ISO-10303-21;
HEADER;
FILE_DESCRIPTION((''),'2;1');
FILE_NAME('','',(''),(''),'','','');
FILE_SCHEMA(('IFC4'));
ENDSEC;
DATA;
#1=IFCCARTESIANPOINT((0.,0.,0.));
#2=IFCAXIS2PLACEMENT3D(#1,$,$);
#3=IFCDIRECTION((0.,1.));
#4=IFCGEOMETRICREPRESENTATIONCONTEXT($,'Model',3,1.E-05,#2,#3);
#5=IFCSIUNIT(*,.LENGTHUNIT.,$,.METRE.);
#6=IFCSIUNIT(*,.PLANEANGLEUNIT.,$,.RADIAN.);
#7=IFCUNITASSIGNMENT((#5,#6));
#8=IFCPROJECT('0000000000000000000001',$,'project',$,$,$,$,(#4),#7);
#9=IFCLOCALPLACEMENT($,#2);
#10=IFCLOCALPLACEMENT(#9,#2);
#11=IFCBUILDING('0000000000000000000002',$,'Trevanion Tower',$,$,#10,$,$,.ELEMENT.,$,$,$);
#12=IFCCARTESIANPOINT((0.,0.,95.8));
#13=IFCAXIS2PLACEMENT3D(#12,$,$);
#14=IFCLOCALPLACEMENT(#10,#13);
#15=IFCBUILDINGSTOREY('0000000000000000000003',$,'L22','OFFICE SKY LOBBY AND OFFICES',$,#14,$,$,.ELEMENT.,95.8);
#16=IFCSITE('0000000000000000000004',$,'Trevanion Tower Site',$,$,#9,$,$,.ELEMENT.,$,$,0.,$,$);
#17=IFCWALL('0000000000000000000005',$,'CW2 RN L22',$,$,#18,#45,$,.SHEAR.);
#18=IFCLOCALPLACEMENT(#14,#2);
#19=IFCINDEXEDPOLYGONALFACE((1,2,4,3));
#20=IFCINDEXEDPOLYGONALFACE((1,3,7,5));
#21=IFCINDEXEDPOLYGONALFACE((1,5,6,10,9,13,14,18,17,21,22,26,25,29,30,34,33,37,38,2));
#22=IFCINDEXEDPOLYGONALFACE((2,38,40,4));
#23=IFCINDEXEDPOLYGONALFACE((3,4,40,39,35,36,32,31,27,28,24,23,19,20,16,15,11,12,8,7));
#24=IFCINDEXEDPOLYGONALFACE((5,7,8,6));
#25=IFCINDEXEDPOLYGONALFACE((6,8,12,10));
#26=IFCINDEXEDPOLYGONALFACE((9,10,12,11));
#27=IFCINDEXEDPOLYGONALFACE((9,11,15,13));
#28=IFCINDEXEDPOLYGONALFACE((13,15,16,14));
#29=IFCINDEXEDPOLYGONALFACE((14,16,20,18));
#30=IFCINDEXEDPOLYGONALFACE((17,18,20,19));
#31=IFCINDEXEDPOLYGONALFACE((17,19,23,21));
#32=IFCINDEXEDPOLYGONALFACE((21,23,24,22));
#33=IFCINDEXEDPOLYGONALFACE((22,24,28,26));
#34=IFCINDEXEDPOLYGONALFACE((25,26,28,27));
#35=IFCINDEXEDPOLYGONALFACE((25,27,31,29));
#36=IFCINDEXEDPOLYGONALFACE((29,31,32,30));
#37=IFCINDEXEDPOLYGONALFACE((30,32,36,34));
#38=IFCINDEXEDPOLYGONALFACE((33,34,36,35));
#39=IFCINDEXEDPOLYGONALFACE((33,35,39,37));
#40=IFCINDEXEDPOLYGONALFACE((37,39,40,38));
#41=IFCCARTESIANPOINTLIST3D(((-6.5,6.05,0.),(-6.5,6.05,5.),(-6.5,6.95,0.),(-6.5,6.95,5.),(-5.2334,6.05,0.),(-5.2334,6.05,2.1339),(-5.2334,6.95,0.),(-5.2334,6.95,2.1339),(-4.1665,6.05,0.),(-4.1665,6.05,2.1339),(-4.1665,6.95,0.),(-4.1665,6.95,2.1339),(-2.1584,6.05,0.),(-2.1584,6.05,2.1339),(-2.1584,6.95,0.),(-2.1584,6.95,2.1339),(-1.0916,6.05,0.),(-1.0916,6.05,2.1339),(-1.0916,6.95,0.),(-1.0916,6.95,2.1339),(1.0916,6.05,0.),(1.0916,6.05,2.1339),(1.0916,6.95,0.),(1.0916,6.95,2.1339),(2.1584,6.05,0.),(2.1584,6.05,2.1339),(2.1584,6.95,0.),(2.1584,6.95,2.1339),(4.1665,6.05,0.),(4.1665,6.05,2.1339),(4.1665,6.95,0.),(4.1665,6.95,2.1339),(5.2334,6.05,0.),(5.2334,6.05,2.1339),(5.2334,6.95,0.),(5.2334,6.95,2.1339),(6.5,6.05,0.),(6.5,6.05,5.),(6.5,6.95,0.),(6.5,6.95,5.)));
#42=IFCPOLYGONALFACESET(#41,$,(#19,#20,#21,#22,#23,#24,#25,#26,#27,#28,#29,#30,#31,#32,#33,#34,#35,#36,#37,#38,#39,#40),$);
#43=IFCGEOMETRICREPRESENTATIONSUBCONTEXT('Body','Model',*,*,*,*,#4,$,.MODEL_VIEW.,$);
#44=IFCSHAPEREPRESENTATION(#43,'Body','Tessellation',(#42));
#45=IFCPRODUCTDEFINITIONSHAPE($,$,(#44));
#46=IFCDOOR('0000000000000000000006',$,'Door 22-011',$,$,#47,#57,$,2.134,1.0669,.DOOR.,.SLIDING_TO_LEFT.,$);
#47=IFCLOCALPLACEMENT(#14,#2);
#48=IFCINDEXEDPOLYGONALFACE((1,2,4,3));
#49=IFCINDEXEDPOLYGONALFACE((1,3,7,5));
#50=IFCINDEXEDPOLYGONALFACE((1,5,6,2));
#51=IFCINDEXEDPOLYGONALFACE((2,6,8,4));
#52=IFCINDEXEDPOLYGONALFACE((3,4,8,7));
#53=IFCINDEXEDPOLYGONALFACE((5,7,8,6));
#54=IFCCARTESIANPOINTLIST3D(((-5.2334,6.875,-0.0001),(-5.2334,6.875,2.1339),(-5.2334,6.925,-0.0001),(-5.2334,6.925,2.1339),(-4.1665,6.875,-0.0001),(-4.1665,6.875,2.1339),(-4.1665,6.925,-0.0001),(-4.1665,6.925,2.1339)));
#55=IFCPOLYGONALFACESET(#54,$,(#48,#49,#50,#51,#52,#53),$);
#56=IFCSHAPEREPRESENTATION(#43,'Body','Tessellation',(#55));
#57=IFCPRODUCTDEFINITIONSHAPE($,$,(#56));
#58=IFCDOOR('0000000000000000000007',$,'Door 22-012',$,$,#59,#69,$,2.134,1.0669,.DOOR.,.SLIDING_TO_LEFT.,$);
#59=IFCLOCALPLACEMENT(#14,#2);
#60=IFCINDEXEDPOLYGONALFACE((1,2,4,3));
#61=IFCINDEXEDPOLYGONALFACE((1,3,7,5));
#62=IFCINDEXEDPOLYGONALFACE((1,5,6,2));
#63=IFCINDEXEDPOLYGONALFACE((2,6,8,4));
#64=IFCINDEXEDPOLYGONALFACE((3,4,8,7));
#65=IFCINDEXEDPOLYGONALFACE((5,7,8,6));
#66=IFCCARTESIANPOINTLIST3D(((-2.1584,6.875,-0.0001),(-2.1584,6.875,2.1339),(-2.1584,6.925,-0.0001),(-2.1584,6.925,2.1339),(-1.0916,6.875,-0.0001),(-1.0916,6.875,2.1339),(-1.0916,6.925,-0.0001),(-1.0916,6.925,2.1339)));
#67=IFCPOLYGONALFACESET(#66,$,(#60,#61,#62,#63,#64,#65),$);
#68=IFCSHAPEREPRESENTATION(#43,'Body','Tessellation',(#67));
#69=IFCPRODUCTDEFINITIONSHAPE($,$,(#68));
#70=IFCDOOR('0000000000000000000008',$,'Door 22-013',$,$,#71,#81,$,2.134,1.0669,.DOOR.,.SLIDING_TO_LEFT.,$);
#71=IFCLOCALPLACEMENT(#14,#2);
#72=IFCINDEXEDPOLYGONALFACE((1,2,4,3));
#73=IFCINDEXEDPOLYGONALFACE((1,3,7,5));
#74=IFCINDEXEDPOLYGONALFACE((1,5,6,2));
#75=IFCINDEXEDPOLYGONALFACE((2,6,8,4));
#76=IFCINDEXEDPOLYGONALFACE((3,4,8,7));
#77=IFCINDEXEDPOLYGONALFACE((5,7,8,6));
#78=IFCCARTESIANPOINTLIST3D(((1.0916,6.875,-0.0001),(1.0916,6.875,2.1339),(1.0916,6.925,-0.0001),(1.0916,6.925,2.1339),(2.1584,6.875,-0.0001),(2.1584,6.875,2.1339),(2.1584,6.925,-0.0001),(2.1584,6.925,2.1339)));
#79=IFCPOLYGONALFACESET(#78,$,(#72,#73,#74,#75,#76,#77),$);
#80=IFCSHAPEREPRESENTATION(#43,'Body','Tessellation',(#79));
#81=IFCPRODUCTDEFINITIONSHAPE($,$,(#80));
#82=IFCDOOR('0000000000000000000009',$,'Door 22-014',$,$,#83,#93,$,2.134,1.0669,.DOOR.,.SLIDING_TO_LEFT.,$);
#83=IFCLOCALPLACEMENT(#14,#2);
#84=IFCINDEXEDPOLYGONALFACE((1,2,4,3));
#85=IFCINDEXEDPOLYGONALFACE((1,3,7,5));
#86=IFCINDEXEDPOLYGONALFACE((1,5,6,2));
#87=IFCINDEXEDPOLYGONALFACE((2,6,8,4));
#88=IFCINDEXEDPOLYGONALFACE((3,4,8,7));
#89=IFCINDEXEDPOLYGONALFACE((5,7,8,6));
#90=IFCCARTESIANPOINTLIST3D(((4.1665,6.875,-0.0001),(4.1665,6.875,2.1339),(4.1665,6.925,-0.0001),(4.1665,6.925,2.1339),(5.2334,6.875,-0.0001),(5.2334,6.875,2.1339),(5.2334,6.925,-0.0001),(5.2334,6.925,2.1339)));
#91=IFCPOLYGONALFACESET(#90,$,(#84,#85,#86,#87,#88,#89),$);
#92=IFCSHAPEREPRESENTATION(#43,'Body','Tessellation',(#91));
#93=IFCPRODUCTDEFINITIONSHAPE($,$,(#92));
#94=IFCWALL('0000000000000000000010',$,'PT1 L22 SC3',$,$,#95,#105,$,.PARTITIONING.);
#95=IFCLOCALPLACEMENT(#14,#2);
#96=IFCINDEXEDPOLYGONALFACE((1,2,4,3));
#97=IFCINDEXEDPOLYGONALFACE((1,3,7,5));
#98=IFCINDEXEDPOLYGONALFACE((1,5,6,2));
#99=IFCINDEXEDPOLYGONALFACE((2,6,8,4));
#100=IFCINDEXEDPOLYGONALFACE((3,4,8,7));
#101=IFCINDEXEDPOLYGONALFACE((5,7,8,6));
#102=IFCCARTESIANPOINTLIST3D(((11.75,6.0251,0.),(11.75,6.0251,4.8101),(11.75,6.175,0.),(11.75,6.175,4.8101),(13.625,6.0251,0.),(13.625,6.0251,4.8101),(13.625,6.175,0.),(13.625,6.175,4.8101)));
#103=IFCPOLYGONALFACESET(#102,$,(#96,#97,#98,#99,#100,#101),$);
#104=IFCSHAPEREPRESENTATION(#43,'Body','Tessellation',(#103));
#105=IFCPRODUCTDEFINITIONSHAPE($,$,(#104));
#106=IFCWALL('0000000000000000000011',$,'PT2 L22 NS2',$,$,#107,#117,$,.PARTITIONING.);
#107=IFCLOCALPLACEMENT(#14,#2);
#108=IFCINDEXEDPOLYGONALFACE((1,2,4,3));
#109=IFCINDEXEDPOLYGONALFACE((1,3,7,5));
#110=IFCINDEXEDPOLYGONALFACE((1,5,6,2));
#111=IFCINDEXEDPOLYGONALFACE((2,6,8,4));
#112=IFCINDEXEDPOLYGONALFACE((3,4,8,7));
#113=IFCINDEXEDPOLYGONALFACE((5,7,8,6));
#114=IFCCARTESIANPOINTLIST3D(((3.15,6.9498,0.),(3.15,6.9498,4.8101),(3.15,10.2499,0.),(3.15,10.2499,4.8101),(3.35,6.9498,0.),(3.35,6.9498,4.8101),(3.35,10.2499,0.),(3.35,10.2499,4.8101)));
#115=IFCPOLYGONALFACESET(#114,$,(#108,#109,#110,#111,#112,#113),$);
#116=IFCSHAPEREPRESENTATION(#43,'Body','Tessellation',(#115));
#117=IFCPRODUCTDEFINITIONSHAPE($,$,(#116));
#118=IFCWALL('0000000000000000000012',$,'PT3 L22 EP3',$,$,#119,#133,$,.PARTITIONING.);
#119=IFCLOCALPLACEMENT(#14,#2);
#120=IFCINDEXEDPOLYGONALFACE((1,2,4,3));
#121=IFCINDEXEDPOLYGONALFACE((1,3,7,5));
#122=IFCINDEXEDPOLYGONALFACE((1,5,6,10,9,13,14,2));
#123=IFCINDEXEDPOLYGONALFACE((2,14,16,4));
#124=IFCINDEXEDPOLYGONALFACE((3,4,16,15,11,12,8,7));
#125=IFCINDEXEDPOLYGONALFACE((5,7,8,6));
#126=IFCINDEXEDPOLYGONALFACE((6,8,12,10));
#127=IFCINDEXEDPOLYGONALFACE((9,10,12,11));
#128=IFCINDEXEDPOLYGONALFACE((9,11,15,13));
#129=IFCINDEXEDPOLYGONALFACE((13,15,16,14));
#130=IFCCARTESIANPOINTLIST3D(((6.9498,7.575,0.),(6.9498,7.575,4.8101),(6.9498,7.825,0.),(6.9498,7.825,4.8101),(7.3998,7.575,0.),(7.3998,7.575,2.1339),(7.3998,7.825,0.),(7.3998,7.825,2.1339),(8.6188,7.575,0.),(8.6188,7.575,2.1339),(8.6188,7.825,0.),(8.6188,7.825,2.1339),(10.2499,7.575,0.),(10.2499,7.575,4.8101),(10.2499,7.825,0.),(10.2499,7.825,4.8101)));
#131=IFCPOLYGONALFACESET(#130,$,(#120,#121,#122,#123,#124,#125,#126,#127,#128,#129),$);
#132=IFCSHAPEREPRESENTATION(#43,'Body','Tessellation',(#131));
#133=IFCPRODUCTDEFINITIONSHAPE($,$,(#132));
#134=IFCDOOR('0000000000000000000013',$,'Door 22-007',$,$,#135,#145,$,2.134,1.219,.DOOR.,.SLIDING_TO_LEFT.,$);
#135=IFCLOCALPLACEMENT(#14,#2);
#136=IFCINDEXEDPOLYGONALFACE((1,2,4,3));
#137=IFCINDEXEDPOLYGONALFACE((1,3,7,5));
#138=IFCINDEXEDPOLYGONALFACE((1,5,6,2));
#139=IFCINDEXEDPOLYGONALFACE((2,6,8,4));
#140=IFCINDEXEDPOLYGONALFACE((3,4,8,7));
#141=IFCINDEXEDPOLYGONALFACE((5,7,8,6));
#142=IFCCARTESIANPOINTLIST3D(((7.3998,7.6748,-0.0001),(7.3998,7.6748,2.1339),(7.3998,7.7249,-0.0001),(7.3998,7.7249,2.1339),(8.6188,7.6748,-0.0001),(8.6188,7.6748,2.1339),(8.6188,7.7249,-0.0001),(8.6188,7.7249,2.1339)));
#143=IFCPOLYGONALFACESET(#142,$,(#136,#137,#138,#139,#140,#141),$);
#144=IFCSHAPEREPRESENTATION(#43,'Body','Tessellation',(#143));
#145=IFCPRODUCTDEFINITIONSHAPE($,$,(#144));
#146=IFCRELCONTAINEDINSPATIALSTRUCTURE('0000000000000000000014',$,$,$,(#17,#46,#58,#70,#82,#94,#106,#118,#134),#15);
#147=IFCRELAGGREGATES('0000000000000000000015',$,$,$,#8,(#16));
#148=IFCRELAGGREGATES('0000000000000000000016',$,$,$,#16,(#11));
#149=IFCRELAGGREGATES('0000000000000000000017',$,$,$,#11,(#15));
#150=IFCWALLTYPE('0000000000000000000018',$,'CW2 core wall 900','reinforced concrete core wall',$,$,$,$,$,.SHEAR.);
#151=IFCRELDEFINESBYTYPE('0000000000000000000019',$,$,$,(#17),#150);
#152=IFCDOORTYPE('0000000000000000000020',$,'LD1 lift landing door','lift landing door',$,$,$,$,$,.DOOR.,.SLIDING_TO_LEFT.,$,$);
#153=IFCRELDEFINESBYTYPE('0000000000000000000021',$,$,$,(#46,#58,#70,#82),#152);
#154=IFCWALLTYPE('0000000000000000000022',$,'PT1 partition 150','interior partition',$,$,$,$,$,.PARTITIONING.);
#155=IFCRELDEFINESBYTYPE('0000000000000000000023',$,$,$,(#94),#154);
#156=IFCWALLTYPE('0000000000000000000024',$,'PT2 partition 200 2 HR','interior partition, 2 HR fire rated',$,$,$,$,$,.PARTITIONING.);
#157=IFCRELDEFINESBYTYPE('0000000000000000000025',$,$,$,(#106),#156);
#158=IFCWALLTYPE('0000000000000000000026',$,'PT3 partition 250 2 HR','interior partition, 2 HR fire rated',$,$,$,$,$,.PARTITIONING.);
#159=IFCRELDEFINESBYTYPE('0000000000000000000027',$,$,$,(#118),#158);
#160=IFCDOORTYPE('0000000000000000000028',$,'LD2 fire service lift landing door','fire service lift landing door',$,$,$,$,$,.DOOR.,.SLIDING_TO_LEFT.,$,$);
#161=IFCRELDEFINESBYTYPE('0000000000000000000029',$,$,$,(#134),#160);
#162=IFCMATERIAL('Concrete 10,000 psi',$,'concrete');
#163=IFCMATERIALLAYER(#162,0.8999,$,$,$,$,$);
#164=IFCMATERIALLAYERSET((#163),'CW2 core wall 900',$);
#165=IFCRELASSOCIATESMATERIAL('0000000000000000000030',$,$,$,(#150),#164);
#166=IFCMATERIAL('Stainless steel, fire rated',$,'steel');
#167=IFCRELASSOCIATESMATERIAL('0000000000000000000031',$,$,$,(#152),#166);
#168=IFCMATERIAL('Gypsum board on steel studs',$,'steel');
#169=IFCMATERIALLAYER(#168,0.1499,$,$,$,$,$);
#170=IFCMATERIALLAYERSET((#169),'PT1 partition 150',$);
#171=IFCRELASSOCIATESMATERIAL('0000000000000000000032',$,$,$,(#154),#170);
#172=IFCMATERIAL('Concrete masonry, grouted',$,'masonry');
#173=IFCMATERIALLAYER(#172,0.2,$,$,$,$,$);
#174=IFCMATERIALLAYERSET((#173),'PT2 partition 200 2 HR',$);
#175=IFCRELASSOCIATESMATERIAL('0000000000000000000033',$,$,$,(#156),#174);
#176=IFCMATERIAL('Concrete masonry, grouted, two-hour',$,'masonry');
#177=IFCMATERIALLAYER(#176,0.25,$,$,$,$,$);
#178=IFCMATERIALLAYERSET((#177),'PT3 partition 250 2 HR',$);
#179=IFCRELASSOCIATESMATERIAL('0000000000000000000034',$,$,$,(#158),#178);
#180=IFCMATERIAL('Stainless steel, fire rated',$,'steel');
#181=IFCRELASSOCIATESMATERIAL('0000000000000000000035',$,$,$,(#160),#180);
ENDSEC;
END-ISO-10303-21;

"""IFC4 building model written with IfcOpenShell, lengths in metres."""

from ifc_helpers import new_model, si_unit, direction, frame, frame_2d, origin, place, context, subcontext, project, spatial, rectangle, extrude, material, layer, layer_set, type_object, element, fill, save


model = new_model("IFC4")

# Units and contexts
model_context = context("Model", 3, precision=1e-05, world=origin(), true_north=direction((0.0, 1.0)))
body_context = subcontext(model_context, "Body", "Model", "MODEL_VIEW")
ifc_project = project(units=[si_unit("LENGTHUNIT", "METRE"), si_unit("PLANEANGLEUNIT", "RADIAN")], contexts=[model_context])

# Site, building, storey
site_placement = place(None, origin())
site = spatial("IfcSite", under=ifc_project, at=site_placement, Name="Trevanion Tower Site", CompositionType="ELEMENT", RefElevation=0.0)
building_placement = place(site_placement, origin())
building = spatial("IfcBuilding", under=site, at=building_placement, Name="Trevanion Tower", CompositionType="ELEMENT")
storey_placement = place(building_placement, frame((0.0, 0.0, 95.8)))
storey = spatial("IfcBuildingStorey", under=building, at=storey_placement, Name="L22", Description="OFFICE SKY LOBBY AND OFFICES", CompositionType="ELEMENT", Elevation=95.8)

# Shared definitions
ifc_material_1 = material(Name="Concrete 10,000 psi", Category="concrete")
ifc_layer_1 = layer(ifc_material_1, 0.8999)
ifc_layer_set_1 = layer_set([ifc_layer_1], Name="CW2 core wall 900")
wall_type_1 = type_object("IfcWallType", Name="CW2 core wall 900", Description="reinforced concrete core wall", PredefinedType="SHEAR", material=ifc_layer_set_1)

# Wall, openings, doors
wall_1_placement = place(storey_placement, frame((6.5, 6.5, 0.0), z_axis=(0.0, 0.0, 1.0), x_axis=(-1.0, 0.0, 0.0)))
wall_1 = element("IfcWall", 1, at=wall_1_placement, inside=storey, type_object=wall_type_1, Name="CW2 RN L22", PredefinedType="SHEAR", context=body_context, shape_type="SweptSolid", body=[
    extrude(rectangle(XDim=13.0, YDim=0.8999, at=frame_2d((6.5, 0.0))), origin(), (0.0, 0.0, 1.0), 5.0),
])
opening_1_placement = place(wall_1_placement, frame((10.6665, 0.0, 0.0)))
opening_1 = element("IfcOpeningElement", 2, at=opening_1_placement, cuts=wall_1, PredefinedType="OPENING", context=body_context, shape_type="SweptSolid", body=[
    extrude(rectangle(XDim=1.0669, YDim=2.134, at=frame_2d((0.5334, 1.0669))), frame((0.0, 0.46, 0.0), z_axis=(0.0, -1.0, 0.0), x_axis=(1.0, 0.0, 0.0)), (0.0, 0.0, 1.0), 0.9199),
])
opening_2_placement = place(wall_1_placement, frame((7.5916, 0.0, 0.0)))
opening_2 = element("IfcOpeningElement", 3, at=opening_2_placement, cuts=wall_1, PredefinedType="OPENING", context=body_context, shape_type="SweptSolid", body=[
    extrude(rectangle(XDim=1.0669, YDim=2.134, at=frame_2d((0.5334, 1.0669))), frame((0.0, 0.46, 0.0), z_axis=(0.0, -1.0, 0.0), x_axis=(1.0, 0.0, 0.0)), (0.0, 0.0, 1.0), 0.9199),
])
opening_3_placement = place(wall_1_placement, frame((4.3416, 0.0, 0.0)))
opening_3 = element("IfcOpeningElement", 4, at=opening_3_placement, cuts=wall_1, PredefinedType="OPENING", context=body_context, shape_type="SweptSolid", body=[
    extrude(rectangle(XDim=1.0669, YDim=2.134, at=frame_2d((0.5334, 1.0669))), frame((0.0, 0.46, 0.0), z_axis=(0.0, -1.0, 0.0), x_axis=(1.0, 0.0, 0.0)), (0.0, 0.0, 1.0), 0.9199),
])
opening_4_placement = place(wall_1_placement, frame((1.2666, 0.0, 0.0)))
opening_4 = element("IfcOpeningElement", 5, at=opening_4_placement, cuts=wall_1, PredefinedType="OPENING", context=body_context, shape_type="SweptSolid", body=[
    extrude(rectangle(XDim=1.0669, YDim=2.134, at=frame_2d((0.5334, 1.0669))), frame((0.0, 0.46, 0.0), z_axis=(0.0, -1.0, 0.0), x_axis=(1.0, 0.0, 0.0)), (0.0, 0.0, 1.0), 0.9199),
])
ifc_material_2 = material(Name="Stainless steel, fire rated", Category="steel")
door_type_1 = type_object("IfcDoorType", Name="LD1 lift landing door", Description="lift landing door", OperationType="SLIDING_TO_LEFT", PredefinedType="DOOR", material=ifc_material_2)
door_1_placement = place(opening_1_placement, origin())
door_1 = element("IfcDoor", 6, at=door_1_placement, inside=storey, type_object=door_type_1, Name="Door 22-011", OperationType="SLIDING_TO_LEFT", OverallHeight=2.134, OverallWidth=1.0669, PredefinedType="DOOR", context=body_context, shape_type="SweptSolid", body=[
    extrude(rectangle(XDim=1.0669, YDim=2.134, at=frame_2d((0.5334, 1.0669))), frame((0.0, -0.375, 0.0), z_axis=(0.0, -1.0, 0.0), x_axis=(1.0, 0.0, 0.0)), (0.0, 0.0, 1.0), 0.05),
])
fill(opening_1, door_1)
door_2_placement = place(opening_2_placement, origin())
door_2 = element("IfcDoor", 7, at=door_2_placement, inside=storey, type_object=door_type_1, Name="Door 22-012", OperationType="SLIDING_TO_LEFT", OverallHeight=2.134, OverallWidth=1.0669, PredefinedType="DOOR", context=body_context, shape_type="SweptSolid", body=[
    extrude(rectangle(XDim=1.0669, YDim=2.134, at=frame_2d((0.5334, 1.0669))), frame((0.0, -0.375, 0.0), z_axis=(0.0, -1.0, 0.0), x_axis=(1.0, 0.0, 0.0)), (0.0, 0.0, 1.0), 0.05),
])
fill(opening_2, door_2)
door_3_placement = place(opening_3_placement, origin())
door_3 = element("IfcDoor", 8, at=door_3_placement, inside=storey, type_object=door_type_1, Name="Door 22-013", OperationType="SLIDING_TO_LEFT", OverallHeight=2.134, OverallWidth=1.0669, PredefinedType="DOOR", context=body_context, shape_type="SweptSolid", body=[
    extrude(rectangle(XDim=1.0669, YDim=2.134, at=frame_2d((0.5334, 1.0669))), frame((0.0, -0.375, 0.0), z_axis=(0.0, -1.0, 0.0), x_axis=(1.0, 0.0, 0.0)), (0.0, 0.0, 1.0), 0.05),
])
fill(opening_3, door_3)
door_4_placement = place(opening_4_placement, origin())
door_4 = element("IfcDoor", 9, at=door_4_placement, inside=storey, type_object=door_type_1, Name="Door 22-014", OperationType="SLIDING_TO_LEFT", OverallHeight=2.134, OverallWidth=1.0669, PredefinedType="DOOR", context=body_context, shape_type="SweptSolid", body=[
    extrude(rectangle(XDim=1.0669, YDim=2.134, at=frame_2d((0.5334, 1.0669))), frame((0.0, -0.375, 0.0), z_axis=(0.0, -1.0, 0.0), x_axis=(1.0, 0.0, 0.0)), (0.0, 0.0, 1.0), 0.05),
])
fill(opening_4, door_4)

# Walls
ifc_material_3 = material(Name="Gypsum board on steel studs", Category="steel")
ifc_layer_2 = layer(ifc_material_3, 0.1499)
ifc_layer_set_2 = layer_set([ifc_layer_2], Name="PT1 partition 150")
wall_type_2 = type_object("IfcWallType", Name="PT1 partition 150", Description="interior partition", PredefinedType="PARTITIONING", material=ifc_layer_set_2)
wall_2_placement = place(storey_placement, frame((11.75, 6.1001, 0.0), z_axis=(0.0, 0.0, 1.0), x_axis=(1.0, 0.0, 0.0)))
element("IfcWall", 10, at=wall_2_placement, inside=storey, type_object=wall_type_2, Name="PT1 L22 SC3", PredefinedType="PARTITIONING", context=body_context, shape_type="SweptSolid", body=[
    extrude(rectangle(XDim=1.875, YDim=0.1499, at=frame_2d((0.9375, 0.0))), origin(), (0.0, 0.0, 1.0), 4.8101),
])
ifc_material_4 = material(Name="Concrete masonry, grouted", Category="masonry")
ifc_layer_3 = layer(ifc_material_4, 0.2)
ifc_layer_set_3 = layer_set([ifc_layer_3], Name="PT2 partition 200 2 HR")
wall_type_3 = type_object("IfcWallType", Name="PT2 partition 200 2 HR", Description="interior partition, 2 HR fire rated", PredefinedType="PARTITIONING", material=ifc_layer_set_3)
wall_3_placement = place(storey_placement, frame((3.25, 6.95, 0.0), z_axis=(0.0, 0.0, 1.0), x_axis=(0.0, 1.0, 0.0)))
element("IfcWall", 11, at=wall_3_placement, inside=storey, type_object=wall_type_3, Name="PT2 L22 NS2", PredefinedType="PARTITIONING", context=body_context, shape_type="SweptSolid", body=[
    extrude(rectangle(XDim=3.3, YDim=0.2, at=frame_2d((1.6499, 0.0))), origin(), (0.0, 0.0, 1.0), 4.8101),
])

# Wall, opening, door
ifc_material_5 = material(Name="Concrete masonry, grouted, two-hour", Category="masonry")
ifc_layer_4 = layer(ifc_material_5, 0.25)
ifc_layer_set_4 = layer_set([ifc_layer_4], Name="PT3 partition 250 2 HR")
wall_type_4 = type_object("IfcWallType", Name="PT3 partition 250 2 HR", Description="interior partition, 2 HR fire rated", PredefinedType="PARTITIONING", material=ifc_layer_set_4)
wall_4_placement = place(storey_placement, frame((6.95, 7.7, 0.0), z_axis=(0.0, 0.0, 1.0), x_axis=(1.0, 0.0, 0.0)))
wall_4 = element("IfcWall", 12, at=wall_4_placement, inside=storey, type_object=wall_type_4, Name="PT3 L22 EP3", PredefinedType="PARTITIONING", context=body_context, shape_type="SweptSolid", body=[
    extrude(rectangle(XDim=3.3, YDim=0.25, at=frame_2d((1.6499, 0.0))), origin(), (0.0, 0.0, 1.0), 4.8101),
])
opening_5_placement = place(wall_4_placement, frame((0.45, 0.0, 0.0)))
opening_5 = element("IfcOpeningElement", 13, at=opening_5_placement, cuts=wall_4, PredefinedType="OPENING", context=body_context, shape_type="SweptSolid", body=[
    extrude(rectangle(XDim=1.219, YDim=2.134, at=frame_2d((0.6094, 1.0669))), frame((0.0, 0.135, 0.0), z_axis=(0.0, -1.0, 0.0), x_axis=(1.0, 0.0, 0.0)), (0.0, 0.0, 1.0), 0.27),
])
ifc_material_6 = material(Name="Stainless steel, fire rated", Category="steel")
door_type_2 = type_object("IfcDoorType", Name="LD2 fire service lift landing door", Description="fire service lift landing door", OperationType="SLIDING_TO_LEFT", PredefinedType="DOOR", material=ifc_material_6)
door_5_placement = place(opening_5_placement, origin())
door_5 = element("IfcDoor", 14, at=door_5_placement, inside=storey, type_object=door_type_2, Name="Door 22-007", OperationType="SLIDING_TO_LEFT", OverallHeight=2.134, OverallWidth=1.219, PredefinedType="DOOR", context=body_context, shape_type="SweptSolid", body=[
    extrude(rectangle(XDim=1.219, YDim=2.134, at=frame_2d((0.6094, 1.0669))), frame((0.0, 0.0249, 0.0), z_axis=(0.0, -1.0, 0.0), x_axis=(1.0, 0.0, 0.0)), (0.0, 0.0, 1.0), 0.05),
])
fill(opening_5, door_5)

save(model, "model.ifc")
